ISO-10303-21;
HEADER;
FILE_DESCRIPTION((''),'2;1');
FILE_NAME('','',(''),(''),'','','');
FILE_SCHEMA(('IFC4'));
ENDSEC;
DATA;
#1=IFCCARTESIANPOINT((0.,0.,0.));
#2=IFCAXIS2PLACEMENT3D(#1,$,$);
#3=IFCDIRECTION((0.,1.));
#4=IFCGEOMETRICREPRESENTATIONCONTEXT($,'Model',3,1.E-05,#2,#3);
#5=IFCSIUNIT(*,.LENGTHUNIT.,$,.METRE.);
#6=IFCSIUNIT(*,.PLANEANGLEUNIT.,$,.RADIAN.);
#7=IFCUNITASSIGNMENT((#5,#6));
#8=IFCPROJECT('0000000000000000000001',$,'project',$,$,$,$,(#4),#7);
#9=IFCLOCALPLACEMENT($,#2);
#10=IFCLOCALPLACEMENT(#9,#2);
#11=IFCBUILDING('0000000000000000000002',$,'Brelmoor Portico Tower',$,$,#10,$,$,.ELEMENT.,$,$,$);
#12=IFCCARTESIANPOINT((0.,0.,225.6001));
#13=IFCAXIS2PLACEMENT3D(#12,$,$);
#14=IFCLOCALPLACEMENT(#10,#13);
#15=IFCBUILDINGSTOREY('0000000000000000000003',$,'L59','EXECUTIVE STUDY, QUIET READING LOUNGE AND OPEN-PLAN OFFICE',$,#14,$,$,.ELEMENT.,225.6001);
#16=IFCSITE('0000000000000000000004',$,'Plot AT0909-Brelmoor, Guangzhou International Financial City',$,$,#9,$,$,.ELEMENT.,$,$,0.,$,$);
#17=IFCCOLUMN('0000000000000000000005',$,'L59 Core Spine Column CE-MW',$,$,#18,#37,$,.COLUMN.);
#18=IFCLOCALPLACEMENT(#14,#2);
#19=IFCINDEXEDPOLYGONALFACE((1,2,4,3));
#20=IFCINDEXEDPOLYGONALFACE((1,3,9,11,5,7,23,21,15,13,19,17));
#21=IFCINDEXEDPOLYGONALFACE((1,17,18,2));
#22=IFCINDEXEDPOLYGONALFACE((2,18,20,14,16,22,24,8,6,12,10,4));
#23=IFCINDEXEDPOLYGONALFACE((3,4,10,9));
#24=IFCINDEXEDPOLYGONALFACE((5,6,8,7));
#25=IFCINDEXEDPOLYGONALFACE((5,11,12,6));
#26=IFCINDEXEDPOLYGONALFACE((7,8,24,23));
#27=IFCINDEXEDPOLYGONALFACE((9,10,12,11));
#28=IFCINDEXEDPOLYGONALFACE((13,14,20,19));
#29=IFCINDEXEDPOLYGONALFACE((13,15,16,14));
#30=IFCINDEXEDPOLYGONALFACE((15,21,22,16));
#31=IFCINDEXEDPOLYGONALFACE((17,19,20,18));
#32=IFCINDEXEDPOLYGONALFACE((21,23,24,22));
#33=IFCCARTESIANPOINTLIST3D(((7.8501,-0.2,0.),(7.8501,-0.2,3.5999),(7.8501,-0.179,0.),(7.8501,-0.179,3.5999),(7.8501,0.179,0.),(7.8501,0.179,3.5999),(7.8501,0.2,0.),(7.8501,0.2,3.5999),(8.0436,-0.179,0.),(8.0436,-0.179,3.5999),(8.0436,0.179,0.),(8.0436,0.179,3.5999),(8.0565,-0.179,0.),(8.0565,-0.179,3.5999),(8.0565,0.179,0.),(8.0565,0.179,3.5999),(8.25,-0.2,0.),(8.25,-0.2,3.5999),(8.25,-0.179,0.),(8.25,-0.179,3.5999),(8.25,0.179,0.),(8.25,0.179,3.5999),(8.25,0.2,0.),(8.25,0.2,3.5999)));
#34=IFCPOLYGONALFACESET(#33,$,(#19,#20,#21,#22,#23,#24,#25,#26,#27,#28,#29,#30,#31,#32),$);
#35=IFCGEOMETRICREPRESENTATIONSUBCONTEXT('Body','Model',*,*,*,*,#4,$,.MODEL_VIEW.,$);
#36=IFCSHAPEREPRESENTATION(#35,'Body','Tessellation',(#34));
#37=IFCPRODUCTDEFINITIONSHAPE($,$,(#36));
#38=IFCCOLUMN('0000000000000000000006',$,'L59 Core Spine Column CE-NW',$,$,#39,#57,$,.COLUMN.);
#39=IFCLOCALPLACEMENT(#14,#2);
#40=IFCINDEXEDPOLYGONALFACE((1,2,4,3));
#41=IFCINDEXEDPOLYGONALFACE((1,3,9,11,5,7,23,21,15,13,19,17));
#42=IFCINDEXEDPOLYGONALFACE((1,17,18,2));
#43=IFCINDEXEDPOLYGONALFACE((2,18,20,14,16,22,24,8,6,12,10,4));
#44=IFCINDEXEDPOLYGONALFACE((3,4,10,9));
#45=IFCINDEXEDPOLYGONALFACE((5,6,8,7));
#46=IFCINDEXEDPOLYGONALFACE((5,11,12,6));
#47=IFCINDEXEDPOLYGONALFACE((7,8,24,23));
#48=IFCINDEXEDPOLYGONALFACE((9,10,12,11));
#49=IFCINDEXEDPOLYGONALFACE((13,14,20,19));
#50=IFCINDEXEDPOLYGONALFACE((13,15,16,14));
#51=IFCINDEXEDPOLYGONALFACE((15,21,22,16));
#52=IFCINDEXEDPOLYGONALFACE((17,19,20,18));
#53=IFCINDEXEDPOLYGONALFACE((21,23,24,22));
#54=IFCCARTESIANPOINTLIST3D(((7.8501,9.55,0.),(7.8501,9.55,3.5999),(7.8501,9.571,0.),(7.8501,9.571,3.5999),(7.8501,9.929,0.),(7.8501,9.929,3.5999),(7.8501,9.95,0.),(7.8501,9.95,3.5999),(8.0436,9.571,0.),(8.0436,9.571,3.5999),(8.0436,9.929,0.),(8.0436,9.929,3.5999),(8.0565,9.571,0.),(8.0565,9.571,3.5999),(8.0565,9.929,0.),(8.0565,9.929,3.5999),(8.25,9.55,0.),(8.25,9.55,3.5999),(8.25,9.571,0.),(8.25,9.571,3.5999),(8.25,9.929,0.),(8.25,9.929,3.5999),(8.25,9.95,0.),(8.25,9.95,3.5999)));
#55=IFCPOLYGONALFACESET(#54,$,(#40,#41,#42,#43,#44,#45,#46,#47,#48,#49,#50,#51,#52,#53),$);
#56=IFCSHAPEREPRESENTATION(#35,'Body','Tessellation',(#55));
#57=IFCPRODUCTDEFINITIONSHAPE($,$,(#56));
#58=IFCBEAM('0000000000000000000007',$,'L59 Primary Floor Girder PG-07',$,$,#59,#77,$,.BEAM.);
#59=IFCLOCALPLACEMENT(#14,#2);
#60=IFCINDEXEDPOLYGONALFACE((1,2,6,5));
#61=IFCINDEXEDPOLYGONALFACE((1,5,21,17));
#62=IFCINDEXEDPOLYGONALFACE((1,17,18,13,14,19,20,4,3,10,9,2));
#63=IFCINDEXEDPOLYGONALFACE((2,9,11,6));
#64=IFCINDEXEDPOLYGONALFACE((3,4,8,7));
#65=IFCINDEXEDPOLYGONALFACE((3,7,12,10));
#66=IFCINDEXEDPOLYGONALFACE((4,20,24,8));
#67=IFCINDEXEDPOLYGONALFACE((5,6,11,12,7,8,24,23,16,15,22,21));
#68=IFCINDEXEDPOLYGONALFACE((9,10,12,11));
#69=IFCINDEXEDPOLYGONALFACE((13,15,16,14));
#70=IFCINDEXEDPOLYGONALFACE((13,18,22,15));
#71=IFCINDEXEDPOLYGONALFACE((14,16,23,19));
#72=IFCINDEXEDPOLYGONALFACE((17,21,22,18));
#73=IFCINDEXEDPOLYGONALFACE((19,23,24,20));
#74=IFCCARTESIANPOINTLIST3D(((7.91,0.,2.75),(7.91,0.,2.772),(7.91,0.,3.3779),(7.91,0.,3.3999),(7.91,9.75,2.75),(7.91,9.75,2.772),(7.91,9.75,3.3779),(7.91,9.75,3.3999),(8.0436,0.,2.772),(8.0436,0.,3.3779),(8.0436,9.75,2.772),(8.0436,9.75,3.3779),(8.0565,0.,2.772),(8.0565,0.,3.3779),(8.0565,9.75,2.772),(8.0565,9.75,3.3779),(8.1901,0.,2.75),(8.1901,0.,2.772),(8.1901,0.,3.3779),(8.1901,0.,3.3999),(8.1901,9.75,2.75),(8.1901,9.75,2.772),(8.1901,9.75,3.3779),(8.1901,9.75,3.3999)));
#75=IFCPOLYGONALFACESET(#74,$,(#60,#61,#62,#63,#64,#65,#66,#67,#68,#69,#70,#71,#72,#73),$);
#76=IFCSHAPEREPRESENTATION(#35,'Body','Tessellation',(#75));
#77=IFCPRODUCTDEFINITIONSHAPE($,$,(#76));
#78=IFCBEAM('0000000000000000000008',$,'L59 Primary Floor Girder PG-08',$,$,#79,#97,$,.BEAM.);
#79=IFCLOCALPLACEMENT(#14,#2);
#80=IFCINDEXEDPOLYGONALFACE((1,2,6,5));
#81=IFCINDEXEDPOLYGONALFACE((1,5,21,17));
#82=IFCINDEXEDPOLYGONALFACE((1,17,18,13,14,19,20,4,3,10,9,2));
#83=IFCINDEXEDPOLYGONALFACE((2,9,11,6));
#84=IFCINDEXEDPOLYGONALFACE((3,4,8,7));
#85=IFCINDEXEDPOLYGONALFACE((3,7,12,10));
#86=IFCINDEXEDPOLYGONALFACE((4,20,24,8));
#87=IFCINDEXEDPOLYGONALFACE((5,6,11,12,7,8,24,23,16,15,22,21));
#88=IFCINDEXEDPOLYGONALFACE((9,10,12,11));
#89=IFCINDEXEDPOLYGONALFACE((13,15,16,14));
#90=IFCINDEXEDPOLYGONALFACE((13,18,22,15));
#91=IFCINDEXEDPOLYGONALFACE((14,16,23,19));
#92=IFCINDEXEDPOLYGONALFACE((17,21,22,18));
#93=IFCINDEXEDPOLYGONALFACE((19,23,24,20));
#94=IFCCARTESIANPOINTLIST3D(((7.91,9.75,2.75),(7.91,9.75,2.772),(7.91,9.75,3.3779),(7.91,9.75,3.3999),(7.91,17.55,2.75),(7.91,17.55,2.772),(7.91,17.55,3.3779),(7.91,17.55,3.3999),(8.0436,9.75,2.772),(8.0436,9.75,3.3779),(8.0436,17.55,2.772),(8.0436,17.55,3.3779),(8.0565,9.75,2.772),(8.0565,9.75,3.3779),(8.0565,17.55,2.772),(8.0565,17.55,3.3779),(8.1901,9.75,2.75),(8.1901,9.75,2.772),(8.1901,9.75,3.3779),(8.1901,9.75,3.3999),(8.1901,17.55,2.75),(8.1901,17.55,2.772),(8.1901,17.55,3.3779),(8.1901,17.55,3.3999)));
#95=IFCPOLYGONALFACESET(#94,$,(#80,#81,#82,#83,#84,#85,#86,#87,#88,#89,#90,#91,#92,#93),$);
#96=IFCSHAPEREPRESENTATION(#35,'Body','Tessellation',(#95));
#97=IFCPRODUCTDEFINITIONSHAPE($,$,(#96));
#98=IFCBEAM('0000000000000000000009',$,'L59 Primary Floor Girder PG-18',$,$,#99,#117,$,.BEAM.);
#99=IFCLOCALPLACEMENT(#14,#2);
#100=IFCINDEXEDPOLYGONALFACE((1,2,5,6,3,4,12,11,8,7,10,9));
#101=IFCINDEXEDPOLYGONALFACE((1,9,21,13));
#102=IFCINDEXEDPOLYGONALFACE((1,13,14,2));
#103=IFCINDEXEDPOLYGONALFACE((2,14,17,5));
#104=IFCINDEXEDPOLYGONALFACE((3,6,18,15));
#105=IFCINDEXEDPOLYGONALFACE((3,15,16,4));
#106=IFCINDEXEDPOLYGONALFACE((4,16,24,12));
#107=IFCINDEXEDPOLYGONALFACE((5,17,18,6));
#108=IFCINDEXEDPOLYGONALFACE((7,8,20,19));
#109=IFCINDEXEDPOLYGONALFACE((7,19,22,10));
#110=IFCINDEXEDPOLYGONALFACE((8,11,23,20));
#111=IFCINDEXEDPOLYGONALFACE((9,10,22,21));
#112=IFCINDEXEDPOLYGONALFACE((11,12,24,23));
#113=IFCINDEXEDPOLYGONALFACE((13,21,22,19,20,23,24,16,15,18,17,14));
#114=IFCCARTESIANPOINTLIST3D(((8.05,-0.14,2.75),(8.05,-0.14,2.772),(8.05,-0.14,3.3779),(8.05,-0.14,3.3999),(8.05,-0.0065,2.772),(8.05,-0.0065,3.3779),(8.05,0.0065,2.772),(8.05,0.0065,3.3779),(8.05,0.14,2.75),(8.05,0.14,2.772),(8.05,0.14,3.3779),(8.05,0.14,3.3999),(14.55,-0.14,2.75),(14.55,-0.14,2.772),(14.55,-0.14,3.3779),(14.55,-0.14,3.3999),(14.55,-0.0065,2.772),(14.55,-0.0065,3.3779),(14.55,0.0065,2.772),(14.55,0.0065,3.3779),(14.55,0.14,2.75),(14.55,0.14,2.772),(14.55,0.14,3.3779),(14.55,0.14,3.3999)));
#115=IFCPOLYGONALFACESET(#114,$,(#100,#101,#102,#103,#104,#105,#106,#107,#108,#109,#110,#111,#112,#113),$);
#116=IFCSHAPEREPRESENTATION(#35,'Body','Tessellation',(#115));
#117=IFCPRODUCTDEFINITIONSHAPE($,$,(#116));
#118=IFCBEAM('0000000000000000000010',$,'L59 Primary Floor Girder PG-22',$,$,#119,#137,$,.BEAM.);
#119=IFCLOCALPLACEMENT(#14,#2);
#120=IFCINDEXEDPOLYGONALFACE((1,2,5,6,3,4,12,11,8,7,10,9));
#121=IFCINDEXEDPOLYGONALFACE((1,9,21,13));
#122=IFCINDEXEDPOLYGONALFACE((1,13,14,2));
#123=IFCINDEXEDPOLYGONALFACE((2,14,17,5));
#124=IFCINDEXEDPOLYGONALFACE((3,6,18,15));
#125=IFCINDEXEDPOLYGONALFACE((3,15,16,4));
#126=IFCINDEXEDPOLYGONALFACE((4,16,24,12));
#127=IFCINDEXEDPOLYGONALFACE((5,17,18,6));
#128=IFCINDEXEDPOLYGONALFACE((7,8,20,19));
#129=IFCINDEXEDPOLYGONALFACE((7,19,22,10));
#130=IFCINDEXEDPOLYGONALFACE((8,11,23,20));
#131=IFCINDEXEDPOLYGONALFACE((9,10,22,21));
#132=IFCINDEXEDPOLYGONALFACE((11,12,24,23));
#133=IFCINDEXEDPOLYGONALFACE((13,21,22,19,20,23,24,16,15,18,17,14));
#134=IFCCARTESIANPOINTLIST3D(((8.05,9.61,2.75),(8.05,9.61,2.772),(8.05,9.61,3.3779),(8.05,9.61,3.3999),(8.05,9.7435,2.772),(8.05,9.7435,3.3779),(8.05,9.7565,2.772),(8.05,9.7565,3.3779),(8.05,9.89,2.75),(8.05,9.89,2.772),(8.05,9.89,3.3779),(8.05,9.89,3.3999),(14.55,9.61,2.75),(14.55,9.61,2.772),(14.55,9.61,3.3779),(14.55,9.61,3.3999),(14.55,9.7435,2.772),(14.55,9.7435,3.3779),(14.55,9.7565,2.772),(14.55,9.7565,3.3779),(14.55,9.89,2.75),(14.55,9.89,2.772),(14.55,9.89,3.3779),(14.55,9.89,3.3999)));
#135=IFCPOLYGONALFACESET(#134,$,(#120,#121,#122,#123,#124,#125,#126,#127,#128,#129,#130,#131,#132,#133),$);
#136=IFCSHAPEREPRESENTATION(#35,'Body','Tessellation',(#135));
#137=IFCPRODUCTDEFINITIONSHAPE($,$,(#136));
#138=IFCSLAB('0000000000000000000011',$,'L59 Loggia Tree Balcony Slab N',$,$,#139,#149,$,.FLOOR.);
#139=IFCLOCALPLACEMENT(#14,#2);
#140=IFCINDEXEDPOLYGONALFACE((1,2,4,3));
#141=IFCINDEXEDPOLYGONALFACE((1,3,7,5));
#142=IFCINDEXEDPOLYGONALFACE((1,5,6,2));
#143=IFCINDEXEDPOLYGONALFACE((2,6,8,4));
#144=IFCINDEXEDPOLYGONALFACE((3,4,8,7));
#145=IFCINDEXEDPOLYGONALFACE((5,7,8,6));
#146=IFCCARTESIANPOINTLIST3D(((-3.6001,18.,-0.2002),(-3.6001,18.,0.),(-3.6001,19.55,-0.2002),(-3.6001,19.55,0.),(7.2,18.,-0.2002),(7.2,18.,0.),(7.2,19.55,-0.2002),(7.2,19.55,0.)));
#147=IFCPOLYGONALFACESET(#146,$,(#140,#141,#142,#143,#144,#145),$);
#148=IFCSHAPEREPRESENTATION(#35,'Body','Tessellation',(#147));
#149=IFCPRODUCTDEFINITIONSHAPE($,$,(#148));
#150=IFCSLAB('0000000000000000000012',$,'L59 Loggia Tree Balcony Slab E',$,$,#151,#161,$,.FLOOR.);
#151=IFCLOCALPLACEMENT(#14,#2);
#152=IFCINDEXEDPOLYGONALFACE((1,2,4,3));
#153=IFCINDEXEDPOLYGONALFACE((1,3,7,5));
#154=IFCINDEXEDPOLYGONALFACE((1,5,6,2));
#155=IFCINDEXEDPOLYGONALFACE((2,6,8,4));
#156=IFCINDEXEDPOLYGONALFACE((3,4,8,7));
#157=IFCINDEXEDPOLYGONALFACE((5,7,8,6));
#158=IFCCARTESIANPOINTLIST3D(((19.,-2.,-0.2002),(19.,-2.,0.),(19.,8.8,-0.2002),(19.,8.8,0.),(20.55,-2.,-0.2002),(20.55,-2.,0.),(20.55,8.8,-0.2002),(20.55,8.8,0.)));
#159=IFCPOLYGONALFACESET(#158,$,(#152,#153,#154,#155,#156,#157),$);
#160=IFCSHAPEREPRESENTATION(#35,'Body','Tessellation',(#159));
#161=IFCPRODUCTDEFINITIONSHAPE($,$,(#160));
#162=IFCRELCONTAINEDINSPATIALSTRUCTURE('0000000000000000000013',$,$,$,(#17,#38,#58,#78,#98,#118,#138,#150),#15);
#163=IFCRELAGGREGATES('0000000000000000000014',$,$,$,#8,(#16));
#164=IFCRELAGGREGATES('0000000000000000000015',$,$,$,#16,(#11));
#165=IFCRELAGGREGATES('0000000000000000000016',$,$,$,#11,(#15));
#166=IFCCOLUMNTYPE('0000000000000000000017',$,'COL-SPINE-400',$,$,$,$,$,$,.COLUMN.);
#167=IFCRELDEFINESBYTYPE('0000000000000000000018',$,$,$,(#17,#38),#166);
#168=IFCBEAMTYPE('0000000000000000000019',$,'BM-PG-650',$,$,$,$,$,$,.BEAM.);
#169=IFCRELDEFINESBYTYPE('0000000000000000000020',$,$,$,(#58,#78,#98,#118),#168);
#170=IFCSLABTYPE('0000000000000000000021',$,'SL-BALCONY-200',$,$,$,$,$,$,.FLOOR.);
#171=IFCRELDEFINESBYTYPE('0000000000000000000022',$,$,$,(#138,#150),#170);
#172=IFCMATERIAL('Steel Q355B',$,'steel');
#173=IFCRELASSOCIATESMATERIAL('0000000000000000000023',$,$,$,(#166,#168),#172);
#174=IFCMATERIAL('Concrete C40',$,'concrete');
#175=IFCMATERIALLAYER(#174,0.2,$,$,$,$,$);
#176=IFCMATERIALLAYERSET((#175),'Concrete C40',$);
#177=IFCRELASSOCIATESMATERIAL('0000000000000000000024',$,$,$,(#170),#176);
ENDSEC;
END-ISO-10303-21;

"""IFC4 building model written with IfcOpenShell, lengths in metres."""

from ifc_helpers import new_model, si_unit, direction, frame, origin, origin_2d, place, context, subcontext, project, spatial, polyline, i_section, outline, extrude, material, layer, layer_set, material_profile, profile_set, type_object, element, save


model = new_model("IFC4")

# Units and contexts
model_context = context("Model", 3, precision=1e-05, world=origin(), true_north=direction((0.0, 1.0)))
body_context = subcontext(model_context, "Body", "Model", "MODEL_VIEW")
ifc_project = project(units=[si_unit("LENGTHUNIT", "METRE"), si_unit("PLANEANGLEUNIT", "RADIAN")], contexts=[model_context])

# Site, building, storey
site_placement = place(None, origin())
site = spatial("IfcSite", under=ifc_project, at=site_placement, Name="Plot AT0909-Brelmoor, Guangzhou International Financial City", CompositionType="ELEMENT", RefElevation=0.0)
building_placement = place(site_placement, origin())
building = spatial("IfcBuilding", under=site, at=building_placement, Name="Brelmoor Portico Tower", CompositionType="ELEMENT")
storey_placement = place(building_placement, frame((0.0, 0.0, 225.6001)))
storey = spatial("IfcBuildingStorey", under=building, at=storey_placement, Name="L59", Description="EXECUTIVE STUDY, QUIET READING LOUNGE AND OPEN-PLAN OFFICE", CompositionType="ELEMENT", Elevation=225.6001)

# Columns
ifc_material_1 = material(Name="Steel Q355B", Category="steel")
ifc_material_profile_1 = material_profile(ifc_material_1, i_section(OverallWidth=0.3999, OverallDepth=0.3999, WebThickness=0.0129, FlangeThickness=0.021, at=origin_2d()), Name="HW 400x400x13x21")
ifc_profile_set_1 = profile_set([ifc_material_profile_1], Name="Steel Q355B")
column_type = type_object("IfcColumnType", Name="COL-SPINE-400", PredefinedType="COLUMN", material=ifc_profile_set_1)
for number, where, z_axis, x_axis, name in (
    (1, (8.05, 0.0, 0.0), (0.0, 0.0, 1.0), (1.0, 0.0, 0.0), "L59 Core Spine Column CE-MW"),
    (2, (8.05, 9.75, 0.0), (0.0, 0.0, 1.0), (1.0, 0.0, 0.0), "L59 Core Spine Column CE-NW"),
):
    element("IfcColumn", number, at=place(storey_placement, frame(where, z_axis=z_axis, x_axis=x_axis)), inside=storey, type_object=column_type, Name=name, PredefinedType="COLUMN", context=body_context, shape_type="SweptSolid", body=[
        extrude(i_section(OverallWidth=0.3999, OverallDepth=0.3999, WebThickness=0.0129, FlangeThickness=0.021, at=origin_2d()), origin(), (0.0, 0.0, 1.0), 3.5999),
    ])

# Beams
ifc_material_profile_2 = material_profile(ifc_material_1, i_section(OverallWidth=0.28, OverallDepth=0.6499, WebThickness=0.0129, FlangeThickness=0.022, at=origin_2d()), Name="HN 650x280x13x22")
ifc_profile_set_2 = profile_set([ifc_material_profile_2], Name="Steel Q355B")
beam_type = type_object("IfcBeamType", Name="BM-PG-650", PredefinedType="BEAM", material=ifc_profile_set_2)
beam_1_placement = place(storey_placement, frame((8.05, 0.0, 3.075), z_axis=(0.0, 1.0, 0.0), x_axis=(-1.0, 0.0, 0.0)))
element("IfcBeam", 3, at=beam_1_placement, inside=storey, type_object=beam_type, Name="L59 Primary Floor Girder PG-07", PredefinedType="BEAM", context=body_context, shape_type="SweptSolid", body=[
    extrude(i_section(OverallWidth=0.28, OverallDepth=0.6499, WebThickness=0.0129, FlangeThickness=0.022, at=origin_2d()), origin(), (0.0, 0.0, 1.0), 9.75),
])
beam_2_placement = place(storey_placement, frame((8.05, 9.75, 3.075), z_axis=(0.0, 1.0, 0.0), x_axis=(-1.0, 0.0, 0.0)))
element("IfcBeam", 4, at=beam_2_placement, inside=storey, type_object=beam_type, Name="L59 Primary Floor Girder PG-08", PredefinedType="BEAM", context=body_context, shape_type="SweptSolid", body=[
    extrude(i_section(OverallWidth=0.28, OverallDepth=0.6499, WebThickness=0.0129, FlangeThickness=0.022, at=origin_2d()), origin(), (0.0, 0.0, 1.0), 7.8),
])
for number, where, z_axis, x_axis, name in (
    (5, (8.05, 0.0, 3.075), (1.0, 0.0, 0.0), (0.0, 1.0, 0.0), "L59 Primary Floor Girder PG-18"),
    (6, (8.05, 9.75, 3.075), (1.0, 0.0, 0.0), (0.0, 1.0, 0.0), "L59 Primary Floor Girder PG-22"),
):
    element("IfcBeam", number, at=place(storey_placement, frame(where, z_axis=z_axis, x_axis=x_axis)), inside=storey, type_object=beam_type, Name=name, PredefinedType="BEAM", context=body_context, shape_type="SweptSolid", body=[
        extrude(i_section(OverallWidth=0.28, OverallDepth=0.6499, WebThickness=0.0129, FlangeThickness=0.022, at=origin_2d()), origin(), (0.0, 0.0, 1.0), 6.5),
    ])

# Slabs
ifc_material_2 = material(Name="Concrete C40", Category="concrete")
ifc_layer_1 = layer(ifc_material_2, 0.2)
ifc_layer_set_1 = layer_set([ifc_layer_1], Name="Concrete C40")
slab_type_1 = type_object("IfcSlabType", Name="SL-BALCONY-200", PredefinedType="FLOOR", material=ifc_layer_set_1)
slab_1_placement = place(storey_placement, frame((0.0, 0.0, -0.2002)))
element("IfcSlab", 7, at=slab_1_placement, inside=storey, type_object=slab_type_1, Name="L59 Loggia Tree Balcony Slab N", PredefinedType="FLOOR", context=body_context, shape_type="SweptSolid", body=[
    extrude(outline(polyline([(-3.6001, 18.0), (7.2, 18.0), (7.2, 19.55), (-3.6001, 19.55), (-3.6001, 18.0)])), origin(), (0.0, 0.0, 1.0), 0.2002),
])
slab_2_placement = place(storey_placement, frame((0.0, 0.0, -0.2002)))
element("IfcSlab", 8, at=slab_2_placement, inside=storey, type_object=slab_type_1, Name="L59 Loggia Tree Balcony Slab E", PredefinedType="FLOOR", context=body_context, shape_type="SweptSolid", body=[
    extrude(outline(polyline([(19.0, -2.0), (20.55, -2.0), (20.55, 8.8), (19.0, 8.8), (19.0, -2.0)])), origin(), (0.0, 0.0, 1.0), 0.2002),
])

save(model, "model.ifc")
